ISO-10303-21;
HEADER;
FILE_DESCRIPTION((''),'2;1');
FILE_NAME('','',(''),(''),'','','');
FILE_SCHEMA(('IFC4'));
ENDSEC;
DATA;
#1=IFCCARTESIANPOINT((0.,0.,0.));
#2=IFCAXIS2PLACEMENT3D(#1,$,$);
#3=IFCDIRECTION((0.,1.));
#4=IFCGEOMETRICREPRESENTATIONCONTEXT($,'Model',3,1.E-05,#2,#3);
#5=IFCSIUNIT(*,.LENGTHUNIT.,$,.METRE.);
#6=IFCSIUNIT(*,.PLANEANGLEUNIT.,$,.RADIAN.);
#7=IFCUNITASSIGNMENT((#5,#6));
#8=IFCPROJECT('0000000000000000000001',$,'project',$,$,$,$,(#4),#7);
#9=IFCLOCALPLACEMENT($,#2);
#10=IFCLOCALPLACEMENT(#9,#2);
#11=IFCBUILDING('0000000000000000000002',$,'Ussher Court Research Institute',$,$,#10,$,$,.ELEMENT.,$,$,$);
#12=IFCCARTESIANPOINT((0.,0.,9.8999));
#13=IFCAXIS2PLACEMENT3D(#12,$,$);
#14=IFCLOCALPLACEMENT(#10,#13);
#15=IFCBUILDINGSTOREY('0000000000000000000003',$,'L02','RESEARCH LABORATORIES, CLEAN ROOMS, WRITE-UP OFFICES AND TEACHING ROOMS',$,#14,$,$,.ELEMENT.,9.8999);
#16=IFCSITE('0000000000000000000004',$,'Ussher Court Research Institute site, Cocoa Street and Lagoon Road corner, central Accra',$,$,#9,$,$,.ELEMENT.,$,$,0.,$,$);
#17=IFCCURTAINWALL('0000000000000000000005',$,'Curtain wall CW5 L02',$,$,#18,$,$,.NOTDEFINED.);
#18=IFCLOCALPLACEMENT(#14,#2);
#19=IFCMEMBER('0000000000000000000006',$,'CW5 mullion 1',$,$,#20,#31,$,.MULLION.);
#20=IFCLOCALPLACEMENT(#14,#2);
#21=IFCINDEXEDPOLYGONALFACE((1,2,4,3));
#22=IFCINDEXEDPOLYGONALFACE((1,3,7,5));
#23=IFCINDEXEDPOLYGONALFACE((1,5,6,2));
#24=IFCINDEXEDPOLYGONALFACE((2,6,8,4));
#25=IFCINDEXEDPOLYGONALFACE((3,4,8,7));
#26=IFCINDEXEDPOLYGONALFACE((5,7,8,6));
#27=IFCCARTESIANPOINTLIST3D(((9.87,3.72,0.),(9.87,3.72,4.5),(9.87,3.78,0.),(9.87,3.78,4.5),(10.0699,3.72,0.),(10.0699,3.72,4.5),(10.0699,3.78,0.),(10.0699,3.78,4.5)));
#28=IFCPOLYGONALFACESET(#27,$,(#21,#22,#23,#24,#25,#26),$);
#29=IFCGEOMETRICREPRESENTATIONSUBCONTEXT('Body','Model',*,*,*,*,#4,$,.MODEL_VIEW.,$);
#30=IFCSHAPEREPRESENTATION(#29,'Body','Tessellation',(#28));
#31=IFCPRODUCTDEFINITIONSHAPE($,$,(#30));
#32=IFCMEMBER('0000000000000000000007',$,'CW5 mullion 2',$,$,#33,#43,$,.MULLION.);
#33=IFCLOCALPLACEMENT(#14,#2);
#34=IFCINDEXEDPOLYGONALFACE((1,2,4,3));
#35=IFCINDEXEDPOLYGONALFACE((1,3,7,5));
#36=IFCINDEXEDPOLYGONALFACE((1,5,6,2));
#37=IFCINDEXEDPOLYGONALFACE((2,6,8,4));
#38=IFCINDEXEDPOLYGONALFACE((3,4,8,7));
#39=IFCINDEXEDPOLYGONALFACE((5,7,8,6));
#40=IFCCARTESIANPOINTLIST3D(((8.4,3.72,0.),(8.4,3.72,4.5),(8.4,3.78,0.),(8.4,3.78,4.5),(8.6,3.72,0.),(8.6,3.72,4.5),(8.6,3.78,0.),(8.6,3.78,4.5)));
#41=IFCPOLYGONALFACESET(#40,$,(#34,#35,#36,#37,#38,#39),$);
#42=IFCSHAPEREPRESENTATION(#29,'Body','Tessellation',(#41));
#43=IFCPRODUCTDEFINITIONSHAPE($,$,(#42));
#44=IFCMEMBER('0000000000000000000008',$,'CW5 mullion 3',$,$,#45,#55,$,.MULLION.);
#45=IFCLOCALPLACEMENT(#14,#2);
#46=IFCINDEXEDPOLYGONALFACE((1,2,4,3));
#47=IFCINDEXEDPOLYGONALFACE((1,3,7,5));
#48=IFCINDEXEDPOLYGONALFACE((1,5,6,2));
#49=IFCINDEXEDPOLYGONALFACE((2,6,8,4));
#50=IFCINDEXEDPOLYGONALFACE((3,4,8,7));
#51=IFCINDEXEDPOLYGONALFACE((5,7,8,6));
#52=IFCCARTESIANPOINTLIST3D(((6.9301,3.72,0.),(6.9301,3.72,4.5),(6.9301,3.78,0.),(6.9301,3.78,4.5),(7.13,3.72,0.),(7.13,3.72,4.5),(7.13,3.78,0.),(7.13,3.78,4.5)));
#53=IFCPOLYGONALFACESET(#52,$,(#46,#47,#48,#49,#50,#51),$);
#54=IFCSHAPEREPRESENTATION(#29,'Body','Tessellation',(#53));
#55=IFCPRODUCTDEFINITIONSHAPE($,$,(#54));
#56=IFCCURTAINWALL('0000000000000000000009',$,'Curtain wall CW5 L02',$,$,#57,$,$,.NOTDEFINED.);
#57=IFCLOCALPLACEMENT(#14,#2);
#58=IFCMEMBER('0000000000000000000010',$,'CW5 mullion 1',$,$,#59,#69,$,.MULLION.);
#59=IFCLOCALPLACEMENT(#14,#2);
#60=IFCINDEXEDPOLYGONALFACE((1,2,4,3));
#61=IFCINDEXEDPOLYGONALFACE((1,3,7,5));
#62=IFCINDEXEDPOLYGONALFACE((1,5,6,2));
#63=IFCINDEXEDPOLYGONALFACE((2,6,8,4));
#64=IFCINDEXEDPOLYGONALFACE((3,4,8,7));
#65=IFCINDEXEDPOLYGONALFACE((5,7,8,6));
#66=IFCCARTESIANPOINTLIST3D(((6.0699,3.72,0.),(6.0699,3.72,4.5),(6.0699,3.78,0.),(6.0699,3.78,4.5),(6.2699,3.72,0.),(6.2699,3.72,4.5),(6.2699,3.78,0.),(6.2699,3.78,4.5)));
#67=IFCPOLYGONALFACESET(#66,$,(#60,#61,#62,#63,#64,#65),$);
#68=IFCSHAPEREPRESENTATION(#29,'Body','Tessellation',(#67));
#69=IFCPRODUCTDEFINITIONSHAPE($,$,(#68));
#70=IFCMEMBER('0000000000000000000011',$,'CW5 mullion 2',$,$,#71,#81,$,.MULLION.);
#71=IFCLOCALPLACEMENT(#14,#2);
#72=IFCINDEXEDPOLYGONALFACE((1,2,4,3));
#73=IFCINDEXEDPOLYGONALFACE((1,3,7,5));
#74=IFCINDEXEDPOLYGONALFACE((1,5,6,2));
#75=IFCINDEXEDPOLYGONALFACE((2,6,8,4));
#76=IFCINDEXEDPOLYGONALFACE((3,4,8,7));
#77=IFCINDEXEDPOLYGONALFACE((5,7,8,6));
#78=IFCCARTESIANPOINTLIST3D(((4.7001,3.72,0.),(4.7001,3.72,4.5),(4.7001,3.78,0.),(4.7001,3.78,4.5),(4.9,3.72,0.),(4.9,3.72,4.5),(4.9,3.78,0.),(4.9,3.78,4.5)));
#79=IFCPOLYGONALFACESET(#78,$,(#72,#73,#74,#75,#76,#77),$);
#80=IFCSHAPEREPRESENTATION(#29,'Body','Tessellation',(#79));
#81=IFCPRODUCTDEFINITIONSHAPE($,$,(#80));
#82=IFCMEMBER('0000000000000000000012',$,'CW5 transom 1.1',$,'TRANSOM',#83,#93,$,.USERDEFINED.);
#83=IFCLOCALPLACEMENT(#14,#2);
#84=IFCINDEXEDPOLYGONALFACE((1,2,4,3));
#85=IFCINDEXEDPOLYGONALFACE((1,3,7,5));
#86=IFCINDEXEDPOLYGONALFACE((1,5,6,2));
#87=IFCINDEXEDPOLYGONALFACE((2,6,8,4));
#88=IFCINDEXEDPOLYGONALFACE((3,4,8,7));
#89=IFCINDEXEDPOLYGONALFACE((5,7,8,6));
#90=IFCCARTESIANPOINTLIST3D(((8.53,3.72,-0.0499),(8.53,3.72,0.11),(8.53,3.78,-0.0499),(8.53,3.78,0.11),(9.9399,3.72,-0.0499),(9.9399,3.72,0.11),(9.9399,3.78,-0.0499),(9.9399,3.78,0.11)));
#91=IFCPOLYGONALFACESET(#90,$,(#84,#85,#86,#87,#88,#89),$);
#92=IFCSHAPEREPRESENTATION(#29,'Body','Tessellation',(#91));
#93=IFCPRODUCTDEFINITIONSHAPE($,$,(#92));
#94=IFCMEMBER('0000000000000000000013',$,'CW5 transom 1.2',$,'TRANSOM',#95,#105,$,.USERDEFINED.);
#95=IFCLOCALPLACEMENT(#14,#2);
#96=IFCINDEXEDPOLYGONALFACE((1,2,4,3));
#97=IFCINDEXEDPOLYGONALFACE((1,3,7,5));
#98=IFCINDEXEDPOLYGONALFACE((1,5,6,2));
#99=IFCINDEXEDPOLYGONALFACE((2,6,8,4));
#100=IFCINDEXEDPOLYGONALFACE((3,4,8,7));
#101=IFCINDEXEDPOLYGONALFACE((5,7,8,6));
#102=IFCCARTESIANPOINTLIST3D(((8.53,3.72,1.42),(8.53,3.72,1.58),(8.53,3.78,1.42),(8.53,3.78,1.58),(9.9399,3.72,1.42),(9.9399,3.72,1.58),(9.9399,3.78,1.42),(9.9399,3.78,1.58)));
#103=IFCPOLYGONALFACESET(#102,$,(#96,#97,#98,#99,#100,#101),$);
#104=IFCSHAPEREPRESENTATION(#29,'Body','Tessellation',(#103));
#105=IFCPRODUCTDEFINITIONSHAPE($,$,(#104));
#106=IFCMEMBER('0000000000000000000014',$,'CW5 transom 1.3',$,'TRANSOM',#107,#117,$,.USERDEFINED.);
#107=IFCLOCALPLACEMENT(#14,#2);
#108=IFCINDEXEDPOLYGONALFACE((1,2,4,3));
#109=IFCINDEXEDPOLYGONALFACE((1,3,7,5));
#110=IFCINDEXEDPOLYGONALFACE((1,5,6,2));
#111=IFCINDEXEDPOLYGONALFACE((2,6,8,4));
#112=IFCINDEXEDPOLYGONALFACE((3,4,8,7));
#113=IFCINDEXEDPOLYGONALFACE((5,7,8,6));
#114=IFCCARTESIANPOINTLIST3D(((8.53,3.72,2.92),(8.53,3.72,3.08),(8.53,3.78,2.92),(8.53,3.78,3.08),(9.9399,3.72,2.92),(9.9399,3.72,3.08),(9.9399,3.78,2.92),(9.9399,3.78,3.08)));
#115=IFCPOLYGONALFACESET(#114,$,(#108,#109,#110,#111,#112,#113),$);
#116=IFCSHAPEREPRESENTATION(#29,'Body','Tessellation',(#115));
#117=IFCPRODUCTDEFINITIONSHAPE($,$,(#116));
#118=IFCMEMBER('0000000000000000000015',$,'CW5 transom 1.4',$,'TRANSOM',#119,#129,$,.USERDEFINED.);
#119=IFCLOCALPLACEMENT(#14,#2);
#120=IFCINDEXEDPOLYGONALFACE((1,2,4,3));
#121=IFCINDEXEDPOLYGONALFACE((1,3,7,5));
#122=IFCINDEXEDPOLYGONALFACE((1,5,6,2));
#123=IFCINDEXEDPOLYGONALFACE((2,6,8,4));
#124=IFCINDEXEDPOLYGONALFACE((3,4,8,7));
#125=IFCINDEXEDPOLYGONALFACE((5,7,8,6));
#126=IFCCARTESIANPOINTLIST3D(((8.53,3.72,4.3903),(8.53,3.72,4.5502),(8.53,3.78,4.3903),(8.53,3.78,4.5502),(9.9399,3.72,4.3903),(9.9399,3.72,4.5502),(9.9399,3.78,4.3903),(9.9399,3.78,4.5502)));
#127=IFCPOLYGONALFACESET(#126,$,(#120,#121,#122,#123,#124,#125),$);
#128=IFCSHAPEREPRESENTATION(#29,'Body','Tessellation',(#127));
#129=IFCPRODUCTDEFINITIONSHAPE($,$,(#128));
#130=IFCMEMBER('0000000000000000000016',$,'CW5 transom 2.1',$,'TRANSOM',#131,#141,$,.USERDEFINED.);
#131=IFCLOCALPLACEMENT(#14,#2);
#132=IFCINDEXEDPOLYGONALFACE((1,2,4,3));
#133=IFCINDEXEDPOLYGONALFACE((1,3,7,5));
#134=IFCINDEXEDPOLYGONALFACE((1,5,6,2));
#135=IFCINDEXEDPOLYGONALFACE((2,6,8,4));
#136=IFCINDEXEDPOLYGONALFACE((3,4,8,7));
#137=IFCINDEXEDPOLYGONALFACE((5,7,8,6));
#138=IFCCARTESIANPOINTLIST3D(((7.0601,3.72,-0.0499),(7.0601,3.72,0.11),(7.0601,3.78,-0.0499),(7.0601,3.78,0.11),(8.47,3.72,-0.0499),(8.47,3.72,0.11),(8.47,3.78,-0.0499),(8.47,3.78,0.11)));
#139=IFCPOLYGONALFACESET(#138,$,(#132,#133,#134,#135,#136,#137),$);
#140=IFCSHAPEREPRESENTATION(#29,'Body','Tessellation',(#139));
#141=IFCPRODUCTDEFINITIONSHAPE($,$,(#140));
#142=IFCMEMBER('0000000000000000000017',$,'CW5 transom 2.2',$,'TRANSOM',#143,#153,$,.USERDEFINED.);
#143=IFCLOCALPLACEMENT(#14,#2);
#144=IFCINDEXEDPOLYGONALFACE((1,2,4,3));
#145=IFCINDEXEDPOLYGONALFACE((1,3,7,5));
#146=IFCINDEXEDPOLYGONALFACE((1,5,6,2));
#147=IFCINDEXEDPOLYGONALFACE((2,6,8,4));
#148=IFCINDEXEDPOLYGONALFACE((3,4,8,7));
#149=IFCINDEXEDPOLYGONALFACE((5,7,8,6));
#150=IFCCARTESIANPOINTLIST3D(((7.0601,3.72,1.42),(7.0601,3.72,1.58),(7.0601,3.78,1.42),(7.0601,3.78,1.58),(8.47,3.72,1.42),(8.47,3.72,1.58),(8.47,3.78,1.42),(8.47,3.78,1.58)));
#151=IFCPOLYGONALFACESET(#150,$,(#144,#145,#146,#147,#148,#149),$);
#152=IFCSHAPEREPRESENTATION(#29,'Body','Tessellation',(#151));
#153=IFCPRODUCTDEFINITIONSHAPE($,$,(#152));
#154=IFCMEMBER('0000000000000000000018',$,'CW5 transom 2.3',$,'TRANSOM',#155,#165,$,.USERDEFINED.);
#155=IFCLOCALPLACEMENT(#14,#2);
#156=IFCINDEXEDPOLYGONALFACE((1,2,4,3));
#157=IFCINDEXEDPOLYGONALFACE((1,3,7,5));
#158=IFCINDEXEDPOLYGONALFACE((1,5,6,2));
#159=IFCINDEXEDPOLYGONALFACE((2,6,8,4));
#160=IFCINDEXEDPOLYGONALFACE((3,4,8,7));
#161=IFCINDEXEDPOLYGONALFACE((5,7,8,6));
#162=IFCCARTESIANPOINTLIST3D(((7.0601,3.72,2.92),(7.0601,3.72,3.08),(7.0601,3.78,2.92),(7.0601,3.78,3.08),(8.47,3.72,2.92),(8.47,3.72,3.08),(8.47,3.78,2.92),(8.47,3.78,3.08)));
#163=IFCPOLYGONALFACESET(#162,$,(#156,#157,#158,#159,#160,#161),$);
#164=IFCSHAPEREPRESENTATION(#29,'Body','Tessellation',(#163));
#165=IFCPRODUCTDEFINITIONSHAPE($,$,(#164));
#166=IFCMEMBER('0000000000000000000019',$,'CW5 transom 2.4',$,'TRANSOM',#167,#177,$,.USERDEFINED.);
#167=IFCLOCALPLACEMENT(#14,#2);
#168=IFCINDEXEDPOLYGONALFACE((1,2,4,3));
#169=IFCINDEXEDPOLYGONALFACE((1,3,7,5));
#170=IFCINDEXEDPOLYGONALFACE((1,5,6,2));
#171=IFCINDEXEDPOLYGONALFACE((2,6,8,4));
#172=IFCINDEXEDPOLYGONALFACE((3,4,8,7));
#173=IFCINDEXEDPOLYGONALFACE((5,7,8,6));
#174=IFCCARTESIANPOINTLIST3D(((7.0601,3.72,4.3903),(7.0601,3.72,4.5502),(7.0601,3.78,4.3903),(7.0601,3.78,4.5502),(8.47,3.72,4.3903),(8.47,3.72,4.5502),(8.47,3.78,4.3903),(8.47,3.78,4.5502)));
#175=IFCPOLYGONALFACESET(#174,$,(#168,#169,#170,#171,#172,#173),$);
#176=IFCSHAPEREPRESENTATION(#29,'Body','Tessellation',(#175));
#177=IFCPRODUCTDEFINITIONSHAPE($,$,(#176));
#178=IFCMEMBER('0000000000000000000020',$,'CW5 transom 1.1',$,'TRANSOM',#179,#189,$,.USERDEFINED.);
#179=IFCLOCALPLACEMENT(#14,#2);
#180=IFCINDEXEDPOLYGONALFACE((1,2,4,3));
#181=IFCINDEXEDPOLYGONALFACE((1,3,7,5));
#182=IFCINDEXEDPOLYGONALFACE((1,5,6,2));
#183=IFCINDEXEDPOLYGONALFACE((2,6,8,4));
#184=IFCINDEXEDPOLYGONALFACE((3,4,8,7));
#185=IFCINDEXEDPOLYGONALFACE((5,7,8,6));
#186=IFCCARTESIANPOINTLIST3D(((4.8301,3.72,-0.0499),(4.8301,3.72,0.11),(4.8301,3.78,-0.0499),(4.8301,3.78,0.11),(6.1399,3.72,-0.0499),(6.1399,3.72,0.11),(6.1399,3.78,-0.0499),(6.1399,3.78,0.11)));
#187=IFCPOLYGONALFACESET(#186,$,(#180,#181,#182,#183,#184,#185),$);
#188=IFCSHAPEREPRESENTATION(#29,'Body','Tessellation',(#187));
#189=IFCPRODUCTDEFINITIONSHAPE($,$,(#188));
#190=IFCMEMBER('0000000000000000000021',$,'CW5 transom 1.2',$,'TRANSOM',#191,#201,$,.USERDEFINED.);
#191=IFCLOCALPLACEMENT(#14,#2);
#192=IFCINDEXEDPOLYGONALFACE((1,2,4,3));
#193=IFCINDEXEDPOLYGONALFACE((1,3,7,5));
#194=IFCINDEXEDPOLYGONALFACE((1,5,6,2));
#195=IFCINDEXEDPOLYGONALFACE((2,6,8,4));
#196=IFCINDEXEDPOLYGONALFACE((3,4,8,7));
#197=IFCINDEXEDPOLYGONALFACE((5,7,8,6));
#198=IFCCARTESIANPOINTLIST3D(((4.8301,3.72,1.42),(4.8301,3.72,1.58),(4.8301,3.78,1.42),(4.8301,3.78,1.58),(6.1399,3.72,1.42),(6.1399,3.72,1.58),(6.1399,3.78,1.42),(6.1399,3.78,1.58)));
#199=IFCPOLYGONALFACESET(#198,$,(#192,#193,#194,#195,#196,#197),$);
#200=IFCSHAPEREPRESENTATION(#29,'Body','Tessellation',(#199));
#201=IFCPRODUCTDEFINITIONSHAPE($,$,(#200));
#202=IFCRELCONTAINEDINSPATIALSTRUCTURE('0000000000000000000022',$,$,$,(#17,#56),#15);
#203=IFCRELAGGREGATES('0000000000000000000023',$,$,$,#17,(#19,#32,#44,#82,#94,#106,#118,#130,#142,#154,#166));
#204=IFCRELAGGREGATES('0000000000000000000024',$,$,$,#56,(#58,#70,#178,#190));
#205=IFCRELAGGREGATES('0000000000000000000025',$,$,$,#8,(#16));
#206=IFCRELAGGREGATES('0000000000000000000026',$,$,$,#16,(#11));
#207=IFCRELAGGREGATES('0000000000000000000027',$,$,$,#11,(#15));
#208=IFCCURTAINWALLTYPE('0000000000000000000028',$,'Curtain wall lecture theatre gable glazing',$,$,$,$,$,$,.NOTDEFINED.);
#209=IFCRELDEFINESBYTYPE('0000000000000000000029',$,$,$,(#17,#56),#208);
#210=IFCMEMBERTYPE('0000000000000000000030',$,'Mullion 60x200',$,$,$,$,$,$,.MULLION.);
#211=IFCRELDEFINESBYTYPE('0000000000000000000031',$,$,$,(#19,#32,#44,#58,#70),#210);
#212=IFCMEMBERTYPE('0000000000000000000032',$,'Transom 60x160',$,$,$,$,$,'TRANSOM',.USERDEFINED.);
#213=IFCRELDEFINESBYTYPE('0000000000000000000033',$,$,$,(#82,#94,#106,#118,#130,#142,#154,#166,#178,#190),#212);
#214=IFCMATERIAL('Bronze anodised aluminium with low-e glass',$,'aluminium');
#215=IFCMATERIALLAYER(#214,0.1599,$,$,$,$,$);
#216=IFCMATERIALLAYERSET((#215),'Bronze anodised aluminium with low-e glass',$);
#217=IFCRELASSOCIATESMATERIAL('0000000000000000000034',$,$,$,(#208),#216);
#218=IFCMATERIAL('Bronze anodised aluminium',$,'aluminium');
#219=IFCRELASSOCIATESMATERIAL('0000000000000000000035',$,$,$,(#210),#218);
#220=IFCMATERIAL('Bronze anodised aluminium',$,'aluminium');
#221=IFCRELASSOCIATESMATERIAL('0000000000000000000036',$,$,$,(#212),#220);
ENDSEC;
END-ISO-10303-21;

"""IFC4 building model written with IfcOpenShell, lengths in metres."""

from ifc_helpers import new_model, si_unit, direction, frame, origin, origin_2d, place, context, subcontext, project, spatial, rectangle, extrude, material, layer, layer_set, material_profile, profile_set, type_object, element, aggregate, save


model = new_model("IFC4")

# Units and contexts
model_context = context("Model", 3, precision=1e-05, world=origin(), true_north=direction((0.0, 1.0)))
body_context = subcontext(model_context, "Body", "Model", "MODEL_VIEW")
ifc_project = project(units=[si_unit("LENGTHUNIT", "METRE"), si_unit("PLANEANGLEUNIT", "RADIAN")], contexts=[model_context])

# Site, building, storey
site_placement = place(None, origin())
site = spatial("IfcSite", under=ifc_project, at=site_placement, Name="Ussher Court Research Institute site, Cocoa Street and Lagoon Road corner, central Accra", CompositionType="ELEMENT", RefElevation=0.0)
building_placement = place(site_placement, origin())
building = spatial("IfcBuilding", under=site, at=building_placement, Name="Ussher Court Research Institute", CompositionType="ELEMENT")
storey_placement = place(building_placement, frame((0.0, 0.0, 9.8999)))
storey = spatial("IfcBuildingStorey", under=building, at=storey_placement, Name="L02", Description="RESEARCH LABORATORIES, CLEAN ROOMS, WRITE-UP OFFICES AND TEACHING ROOMS", CompositionType="ELEMENT", Elevation=9.8999)

# Curtain walls, members
ifc_material_1 = material(Name="Bronze anodised aluminium with low-e glass", Category="aluminium")
ifc_layer_1 = layer(ifc_material_1, 0.1599)
ifc_layer_set_1 = layer_set([ifc_layer_1], Name="Bronze anodised aluminium with low-e glass")
curtain_wall_type = type_object("IfcCurtainWallType", Name="Curtain wall lecture theatre gable glazing", PredefinedType="NOTDEFINED", material=ifc_layer_set_1)
curtain_wall_1_placement = place(storey_placement, origin())
curtain_wall_1 = element("IfcCurtainWall", 1, at=curtain_wall_1_placement, inside=storey, type_object=curtain_wall_type, Name="Curtain wall CW5 L02", PredefinedType="NOTDEFINED")
ifc_material_2 = material(Name="Bronze anodised aluminium", Category="aluminium")
ifc_material_profile_1 = material_profile(ifc_material_2, rectangle(XDim=0.0601, YDim=0.2, at=origin_2d()), Name="Mullion 60x200")
ifc_profile_set_1 = profile_set([ifc_material_profile_1], Name="Bronze anodised aluminium")
member_type_1 = type_object("IfcMemberType", Name="Mullion 60x200", PredefinedType="MULLION", material=ifc_profile_set_1)
member_1_placement = place(storey_placement, frame((9.97, 3.75, 0.0), z_axis=(0.0, 0.0, 1.0), x_axis=(0.0, -1.0, 0.0)))
member_1 = element("IfcMember", 2, at=member_1_placement, type_object=member_type_1, Name="CW5 mullion 1", PredefinedType="MULLION", context=body_context, shape_type="SweptSolid", body=[
    extrude(rectangle(XDim=0.0601, YDim=0.2, at=origin_2d()), origin(), (0.0, 0.0, 1.0), 4.5),
])
member_2_placement = place(storey_placement, frame((8.5, 3.75, 0.0), z_axis=(0.0, 0.0, 1.0), x_axis=(0.0, -1.0, 0.0)))
member_2 = element("IfcMember", 3, at=member_2_placement, type_object=member_type_1, Name="CW5 mullion 2", PredefinedType="MULLION", context=body_context, shape_type="SweptSolid", body=[
    extrude(rectangle(XDim=0.0601, YDim=0.2, at=origin_2d()), origin(), (0.0, 0.0, 1.0), 4.5),
])
member_3_placement = place(storey_placement, frame((7.03, 3.75, 0.0), z_axis=(0.0, 0.0, 1.0), x_axis=(0.0, -1.0, 0.0)))
member_3 = element("IfcMember", 4, at=member_3_placement, type_object=member_type_1, Name="CW5 mullion 3", PredefinedType="MULLION", context=body_context, shape_type="SweptSolid", body=[
    extrude(rectangle(XDim=0.0601, YDim=0.2, at=origin_2d()), origin(), (0.0, 0.0, 1.0), 4.5),
])
curtain_wall_2_placement = place(storey_placement, origin())
curtain_wall_2 = element("IfcCurtainWall", 5, at=curtain_wall_2_placement, inside=storey, type_object=curtain_wall_type, Name="Curtain wall CW5 L02", PredefinedType="NOTDEFINED")
member_4_placement = place(storey_placement, frame((6.1699, 3.75, 0.0), z_axis=(0.0, 0.0, 1.0), x_axis=(0.0, -1.0, 0.0)))
member_4 = element("IfcMember", 6, at=member_4_placement, type_object=member_type_1, Name="CW5 mullion 1", PredefinedType="MULLION", context=body_context, shape_type="SweptSolid", body=[
    extrude(rectangle(XDim=0.0601, YDim=0.2, at=origin_2d()), origin(), (0.0, 0.0, 1.0), 4.5),
])
member_5_placement = place(storey_placement, frame((4.8, 3.75, 0.0), z_axis=(0.0, 0.0, 1.0), x_axis=(0.0, -1.0, 0.0)))
member_5 = element("IfcMember", 7, at=member_5_placement, type_object=member_type_1, Name="CW5 mullion 2", PredefinedType="MULLION", context=body_context, shape_type="SweptSolid", body=[
    extrude(rectangle(XDim=0.0601, YDim=0.2, at=origin_2d()), origin(), (0.0, 0.0, 1.0), 4.5),
])

# Members
ifc_material_3 = material(Name="Bronze anodised aluminium", Category="aluminium")
ifc_material_profile_2 = material_profile(ifc_material_3, rectangle(XDim=0.0601, YDim=0.1599, at=origin_2d()), Name="Transom 60x160")
ifc_profile_set_2 = profile_set([ifc_material_profile_2], Name="Bronze anodised aluminium")
member_type_2 = type_object("IfcMemberType", Name="Transom 60x160", ElementType="TRANSOM", PredefinedType="USERDEFINED", material=ifc_profile_set_2)
member_6_placement = place(storey_placement, frame((9.9399, 3.75, 0.03), z_axis=(-1.0, 0.0, 0.0), x_axis=(0.0, -1.0, 0.0)))
member_6 = element("IfcMember", 8, at=member_6_placement, type_object=member_type_2, Name="CW5 transom 1.1", ObjectType="TRANSOM", PredefinedType="USERDEFINED", context=body_context, shape_type="SweptSolid", body=[
    extrude(rectangle(XDim=0.0601, YDim=0.1599, at=origin_2d()), origin(), (0.0, 0.0, 1.0), 1.4099),
])
member_7_placement = place(storey_placement, frame((9.9399, 3.75, 1.5), z_axis=(-1.0, 0.0, 0.0), x_axis=(0.0, -1.0, 0.0)))
member_7 = element("IfcMember", 9, at=member_7_placement, type_object=member_type_2, Name="CW5 transom 1.2", ObjectType="TRANSOM", PredefinedType="USERDEFINED", context=body_context, shape_type="SweptSolid", body=[
    extrude(rectangle(XDim=0.0601, YDim=0.1599, at=origin_2d()), origin(), (0.0, 0.0, 1.0), 1.4099),
])
member_8_placement = place(storey_placement, frame((9.9399, 3.75, 3.0), z_axis=(-1.0, 0.0, 0.0), x_axis=(0.0, -1.0, 0.0)))
member_8 = element("IfcMember", 10, at=member_8_placement, type_object=member_type_2, Name="CW5 transom 1.3", ObjectType="TRANSOM", PredefinedType="USERDEFINED", context=body_context, shape_type="SweptSolid", body=[
    extrude(rectangle(XDim=0.0601, YDim=0.1599, at=origin_2d()), origin(), (0.0, 0.0, 1.0), 1.4099),
])
member_9_placement = place(storey_placement, frame((9.9399, 3.75, 4.4702), z_axis=(-1.0, 0.0, 0.0), x_axis=(0.0, -1.0, 0.0)))
member_9 = element("IfcMember", 11, at=member_9_placement, type_object=member_type_2, Name="CW5 transom 1.4", ObjectType="TRANSOM", PredefinedType="USERDEFINED", context=body_context, shape_type="SweptSolid", body=[
    extrude(rectangle(XDim=0.0601, YDim=0.1599, at=origin_2d()), origin(), (0.0, 0.0, 1.0), 1.4099),
])
member_10_placement = place(storey_placement, frame((8.47, 3.75, 0.03), z_axis=(-1.0, 0.0, 0.0), x_axis=(0.0, -1.0, 0.0)))
member_10 = element("IfcMember", 12, at=member_10_placement, type_object=member_type_2, Name="CW5 transom 2.1", ObjectType="TRANSOM", PredefinedType="USERDEFINED", context=body_context, shape_type="SweptSolid", body=[
    extrude(rectangle(XDim=0.0601, YDim=0.1599, at=origin_2d()), origin(), (0.0, 0.0, 1.0), 1.4099),
])
member_11_placement = place(storey_placement, frame((8.47, 3.75, 1.5), z_axis=(-1.0, 0.0, 0.0), x_axis=(0.0, -1.0, 0.0)))
member_11 = element("IfcMember", 13, at=member_11_placement, type_object=member_type_2, Name="CW5 transom 2.2", ObjectType="TRANSOM", PredefinedType="USERDEFINED", context=body_context, shape_type="SweptSolid", body=[
    extrude(rectangle(XDim=0.0601, YDim=0.1599, at=origin_2d()), origin(), (0.0, 0.0, 1.0), 1.4099),
])
member_12_placement = place(storey_placement, frame((8.47, 3.75, 3.0), z_axis=(-1.0, 0.0, 0.0), x_axis=(0.0, -1.0, 0.0)))
member_12 = element("IfcMember", 14, at=member_12_placement, type_object=member_type_2, Name="CW5 transom 2.3", ObjectType="TRANSOM", PredefinedType="USERDEFINED", context=body_context, shape_type="SweptSolid", body=[
    extrude(rectangle(XDim=0.0601, YDim=0.1599, at=origin_2d()), origin(), (0.0, 0.0, 1.0), 1.4099),
])
member_13_placement = place(storey_placement, frame((8.47, 3.75, 4.4702), z_axis=(-1.0, 0.0, 0.0), x_axis=(0.0, -1.0, 0.0)))
member_13 = element("IfcMember", 15, at=member_13_placement, type_object=member_type_2, Name="CW5 transom 2.4", ObjectType="TRANSOM", PredefinedType="USERDEFINED", context=body_context, shape_type="SweptSolid", body=[
    extrude(rectangle(XDim=0.0601, YDim=0.1599, at=origin_2d()), origin(), (0.0, 0.0, 1.0), 1.4099),
])
member_14_placement = place(storey_placement, frame((6.1399, 3.75, 0.03), z_axis=(-1.0, 0.0, 0.0), x_axis=(0.0, -1.0, 0.0)))
member_14 = element("IfcMember", 16, at=member_14_placement, type_object=member_type_2, Name="CW5 transom 1.1", ObjectType="TRANSOM", PredefinedType="USERDEFINED", context=body_context, shape_type="SweptSolid", body=[
    extrude(rectangle(XDim=0.0601, YDim=0.1599, at=origin_2d()), origin(), (0.0, 0.0, 1.0), 1.3098),
])
member_15_placement = place(storey_placement, frame((6.1399, 3.75, 1.5), z_axis=(-1.0, 0.0, 0.0), x_axis=(0.0, -1.0, 0.0)))
member_15 = element("IfcMember", 17, at=member_15_placement, type_object=member_type_2, Name="CW5 transom 1.2", ObjectType="TRANSOM", PredefinedType="USERDEFINED", context=body_context, shape_type="SweptSolid", body=[
    extrude(rectangle(XDim=0.0601, YDim=0.1599, at=origin_2d()), origin(), (0.0, 0.0, 1.0), 1.3098),
])

aggregate(curtain_wall_1, [member_1, member_2, member_3, member_6, member_7, member_8, member_9, member_10, member_11, member_12, member_13])
aggregate(curtain_wall_2, [member_4, member_5, member_14, member_15])

save(model, "model.ifc")
